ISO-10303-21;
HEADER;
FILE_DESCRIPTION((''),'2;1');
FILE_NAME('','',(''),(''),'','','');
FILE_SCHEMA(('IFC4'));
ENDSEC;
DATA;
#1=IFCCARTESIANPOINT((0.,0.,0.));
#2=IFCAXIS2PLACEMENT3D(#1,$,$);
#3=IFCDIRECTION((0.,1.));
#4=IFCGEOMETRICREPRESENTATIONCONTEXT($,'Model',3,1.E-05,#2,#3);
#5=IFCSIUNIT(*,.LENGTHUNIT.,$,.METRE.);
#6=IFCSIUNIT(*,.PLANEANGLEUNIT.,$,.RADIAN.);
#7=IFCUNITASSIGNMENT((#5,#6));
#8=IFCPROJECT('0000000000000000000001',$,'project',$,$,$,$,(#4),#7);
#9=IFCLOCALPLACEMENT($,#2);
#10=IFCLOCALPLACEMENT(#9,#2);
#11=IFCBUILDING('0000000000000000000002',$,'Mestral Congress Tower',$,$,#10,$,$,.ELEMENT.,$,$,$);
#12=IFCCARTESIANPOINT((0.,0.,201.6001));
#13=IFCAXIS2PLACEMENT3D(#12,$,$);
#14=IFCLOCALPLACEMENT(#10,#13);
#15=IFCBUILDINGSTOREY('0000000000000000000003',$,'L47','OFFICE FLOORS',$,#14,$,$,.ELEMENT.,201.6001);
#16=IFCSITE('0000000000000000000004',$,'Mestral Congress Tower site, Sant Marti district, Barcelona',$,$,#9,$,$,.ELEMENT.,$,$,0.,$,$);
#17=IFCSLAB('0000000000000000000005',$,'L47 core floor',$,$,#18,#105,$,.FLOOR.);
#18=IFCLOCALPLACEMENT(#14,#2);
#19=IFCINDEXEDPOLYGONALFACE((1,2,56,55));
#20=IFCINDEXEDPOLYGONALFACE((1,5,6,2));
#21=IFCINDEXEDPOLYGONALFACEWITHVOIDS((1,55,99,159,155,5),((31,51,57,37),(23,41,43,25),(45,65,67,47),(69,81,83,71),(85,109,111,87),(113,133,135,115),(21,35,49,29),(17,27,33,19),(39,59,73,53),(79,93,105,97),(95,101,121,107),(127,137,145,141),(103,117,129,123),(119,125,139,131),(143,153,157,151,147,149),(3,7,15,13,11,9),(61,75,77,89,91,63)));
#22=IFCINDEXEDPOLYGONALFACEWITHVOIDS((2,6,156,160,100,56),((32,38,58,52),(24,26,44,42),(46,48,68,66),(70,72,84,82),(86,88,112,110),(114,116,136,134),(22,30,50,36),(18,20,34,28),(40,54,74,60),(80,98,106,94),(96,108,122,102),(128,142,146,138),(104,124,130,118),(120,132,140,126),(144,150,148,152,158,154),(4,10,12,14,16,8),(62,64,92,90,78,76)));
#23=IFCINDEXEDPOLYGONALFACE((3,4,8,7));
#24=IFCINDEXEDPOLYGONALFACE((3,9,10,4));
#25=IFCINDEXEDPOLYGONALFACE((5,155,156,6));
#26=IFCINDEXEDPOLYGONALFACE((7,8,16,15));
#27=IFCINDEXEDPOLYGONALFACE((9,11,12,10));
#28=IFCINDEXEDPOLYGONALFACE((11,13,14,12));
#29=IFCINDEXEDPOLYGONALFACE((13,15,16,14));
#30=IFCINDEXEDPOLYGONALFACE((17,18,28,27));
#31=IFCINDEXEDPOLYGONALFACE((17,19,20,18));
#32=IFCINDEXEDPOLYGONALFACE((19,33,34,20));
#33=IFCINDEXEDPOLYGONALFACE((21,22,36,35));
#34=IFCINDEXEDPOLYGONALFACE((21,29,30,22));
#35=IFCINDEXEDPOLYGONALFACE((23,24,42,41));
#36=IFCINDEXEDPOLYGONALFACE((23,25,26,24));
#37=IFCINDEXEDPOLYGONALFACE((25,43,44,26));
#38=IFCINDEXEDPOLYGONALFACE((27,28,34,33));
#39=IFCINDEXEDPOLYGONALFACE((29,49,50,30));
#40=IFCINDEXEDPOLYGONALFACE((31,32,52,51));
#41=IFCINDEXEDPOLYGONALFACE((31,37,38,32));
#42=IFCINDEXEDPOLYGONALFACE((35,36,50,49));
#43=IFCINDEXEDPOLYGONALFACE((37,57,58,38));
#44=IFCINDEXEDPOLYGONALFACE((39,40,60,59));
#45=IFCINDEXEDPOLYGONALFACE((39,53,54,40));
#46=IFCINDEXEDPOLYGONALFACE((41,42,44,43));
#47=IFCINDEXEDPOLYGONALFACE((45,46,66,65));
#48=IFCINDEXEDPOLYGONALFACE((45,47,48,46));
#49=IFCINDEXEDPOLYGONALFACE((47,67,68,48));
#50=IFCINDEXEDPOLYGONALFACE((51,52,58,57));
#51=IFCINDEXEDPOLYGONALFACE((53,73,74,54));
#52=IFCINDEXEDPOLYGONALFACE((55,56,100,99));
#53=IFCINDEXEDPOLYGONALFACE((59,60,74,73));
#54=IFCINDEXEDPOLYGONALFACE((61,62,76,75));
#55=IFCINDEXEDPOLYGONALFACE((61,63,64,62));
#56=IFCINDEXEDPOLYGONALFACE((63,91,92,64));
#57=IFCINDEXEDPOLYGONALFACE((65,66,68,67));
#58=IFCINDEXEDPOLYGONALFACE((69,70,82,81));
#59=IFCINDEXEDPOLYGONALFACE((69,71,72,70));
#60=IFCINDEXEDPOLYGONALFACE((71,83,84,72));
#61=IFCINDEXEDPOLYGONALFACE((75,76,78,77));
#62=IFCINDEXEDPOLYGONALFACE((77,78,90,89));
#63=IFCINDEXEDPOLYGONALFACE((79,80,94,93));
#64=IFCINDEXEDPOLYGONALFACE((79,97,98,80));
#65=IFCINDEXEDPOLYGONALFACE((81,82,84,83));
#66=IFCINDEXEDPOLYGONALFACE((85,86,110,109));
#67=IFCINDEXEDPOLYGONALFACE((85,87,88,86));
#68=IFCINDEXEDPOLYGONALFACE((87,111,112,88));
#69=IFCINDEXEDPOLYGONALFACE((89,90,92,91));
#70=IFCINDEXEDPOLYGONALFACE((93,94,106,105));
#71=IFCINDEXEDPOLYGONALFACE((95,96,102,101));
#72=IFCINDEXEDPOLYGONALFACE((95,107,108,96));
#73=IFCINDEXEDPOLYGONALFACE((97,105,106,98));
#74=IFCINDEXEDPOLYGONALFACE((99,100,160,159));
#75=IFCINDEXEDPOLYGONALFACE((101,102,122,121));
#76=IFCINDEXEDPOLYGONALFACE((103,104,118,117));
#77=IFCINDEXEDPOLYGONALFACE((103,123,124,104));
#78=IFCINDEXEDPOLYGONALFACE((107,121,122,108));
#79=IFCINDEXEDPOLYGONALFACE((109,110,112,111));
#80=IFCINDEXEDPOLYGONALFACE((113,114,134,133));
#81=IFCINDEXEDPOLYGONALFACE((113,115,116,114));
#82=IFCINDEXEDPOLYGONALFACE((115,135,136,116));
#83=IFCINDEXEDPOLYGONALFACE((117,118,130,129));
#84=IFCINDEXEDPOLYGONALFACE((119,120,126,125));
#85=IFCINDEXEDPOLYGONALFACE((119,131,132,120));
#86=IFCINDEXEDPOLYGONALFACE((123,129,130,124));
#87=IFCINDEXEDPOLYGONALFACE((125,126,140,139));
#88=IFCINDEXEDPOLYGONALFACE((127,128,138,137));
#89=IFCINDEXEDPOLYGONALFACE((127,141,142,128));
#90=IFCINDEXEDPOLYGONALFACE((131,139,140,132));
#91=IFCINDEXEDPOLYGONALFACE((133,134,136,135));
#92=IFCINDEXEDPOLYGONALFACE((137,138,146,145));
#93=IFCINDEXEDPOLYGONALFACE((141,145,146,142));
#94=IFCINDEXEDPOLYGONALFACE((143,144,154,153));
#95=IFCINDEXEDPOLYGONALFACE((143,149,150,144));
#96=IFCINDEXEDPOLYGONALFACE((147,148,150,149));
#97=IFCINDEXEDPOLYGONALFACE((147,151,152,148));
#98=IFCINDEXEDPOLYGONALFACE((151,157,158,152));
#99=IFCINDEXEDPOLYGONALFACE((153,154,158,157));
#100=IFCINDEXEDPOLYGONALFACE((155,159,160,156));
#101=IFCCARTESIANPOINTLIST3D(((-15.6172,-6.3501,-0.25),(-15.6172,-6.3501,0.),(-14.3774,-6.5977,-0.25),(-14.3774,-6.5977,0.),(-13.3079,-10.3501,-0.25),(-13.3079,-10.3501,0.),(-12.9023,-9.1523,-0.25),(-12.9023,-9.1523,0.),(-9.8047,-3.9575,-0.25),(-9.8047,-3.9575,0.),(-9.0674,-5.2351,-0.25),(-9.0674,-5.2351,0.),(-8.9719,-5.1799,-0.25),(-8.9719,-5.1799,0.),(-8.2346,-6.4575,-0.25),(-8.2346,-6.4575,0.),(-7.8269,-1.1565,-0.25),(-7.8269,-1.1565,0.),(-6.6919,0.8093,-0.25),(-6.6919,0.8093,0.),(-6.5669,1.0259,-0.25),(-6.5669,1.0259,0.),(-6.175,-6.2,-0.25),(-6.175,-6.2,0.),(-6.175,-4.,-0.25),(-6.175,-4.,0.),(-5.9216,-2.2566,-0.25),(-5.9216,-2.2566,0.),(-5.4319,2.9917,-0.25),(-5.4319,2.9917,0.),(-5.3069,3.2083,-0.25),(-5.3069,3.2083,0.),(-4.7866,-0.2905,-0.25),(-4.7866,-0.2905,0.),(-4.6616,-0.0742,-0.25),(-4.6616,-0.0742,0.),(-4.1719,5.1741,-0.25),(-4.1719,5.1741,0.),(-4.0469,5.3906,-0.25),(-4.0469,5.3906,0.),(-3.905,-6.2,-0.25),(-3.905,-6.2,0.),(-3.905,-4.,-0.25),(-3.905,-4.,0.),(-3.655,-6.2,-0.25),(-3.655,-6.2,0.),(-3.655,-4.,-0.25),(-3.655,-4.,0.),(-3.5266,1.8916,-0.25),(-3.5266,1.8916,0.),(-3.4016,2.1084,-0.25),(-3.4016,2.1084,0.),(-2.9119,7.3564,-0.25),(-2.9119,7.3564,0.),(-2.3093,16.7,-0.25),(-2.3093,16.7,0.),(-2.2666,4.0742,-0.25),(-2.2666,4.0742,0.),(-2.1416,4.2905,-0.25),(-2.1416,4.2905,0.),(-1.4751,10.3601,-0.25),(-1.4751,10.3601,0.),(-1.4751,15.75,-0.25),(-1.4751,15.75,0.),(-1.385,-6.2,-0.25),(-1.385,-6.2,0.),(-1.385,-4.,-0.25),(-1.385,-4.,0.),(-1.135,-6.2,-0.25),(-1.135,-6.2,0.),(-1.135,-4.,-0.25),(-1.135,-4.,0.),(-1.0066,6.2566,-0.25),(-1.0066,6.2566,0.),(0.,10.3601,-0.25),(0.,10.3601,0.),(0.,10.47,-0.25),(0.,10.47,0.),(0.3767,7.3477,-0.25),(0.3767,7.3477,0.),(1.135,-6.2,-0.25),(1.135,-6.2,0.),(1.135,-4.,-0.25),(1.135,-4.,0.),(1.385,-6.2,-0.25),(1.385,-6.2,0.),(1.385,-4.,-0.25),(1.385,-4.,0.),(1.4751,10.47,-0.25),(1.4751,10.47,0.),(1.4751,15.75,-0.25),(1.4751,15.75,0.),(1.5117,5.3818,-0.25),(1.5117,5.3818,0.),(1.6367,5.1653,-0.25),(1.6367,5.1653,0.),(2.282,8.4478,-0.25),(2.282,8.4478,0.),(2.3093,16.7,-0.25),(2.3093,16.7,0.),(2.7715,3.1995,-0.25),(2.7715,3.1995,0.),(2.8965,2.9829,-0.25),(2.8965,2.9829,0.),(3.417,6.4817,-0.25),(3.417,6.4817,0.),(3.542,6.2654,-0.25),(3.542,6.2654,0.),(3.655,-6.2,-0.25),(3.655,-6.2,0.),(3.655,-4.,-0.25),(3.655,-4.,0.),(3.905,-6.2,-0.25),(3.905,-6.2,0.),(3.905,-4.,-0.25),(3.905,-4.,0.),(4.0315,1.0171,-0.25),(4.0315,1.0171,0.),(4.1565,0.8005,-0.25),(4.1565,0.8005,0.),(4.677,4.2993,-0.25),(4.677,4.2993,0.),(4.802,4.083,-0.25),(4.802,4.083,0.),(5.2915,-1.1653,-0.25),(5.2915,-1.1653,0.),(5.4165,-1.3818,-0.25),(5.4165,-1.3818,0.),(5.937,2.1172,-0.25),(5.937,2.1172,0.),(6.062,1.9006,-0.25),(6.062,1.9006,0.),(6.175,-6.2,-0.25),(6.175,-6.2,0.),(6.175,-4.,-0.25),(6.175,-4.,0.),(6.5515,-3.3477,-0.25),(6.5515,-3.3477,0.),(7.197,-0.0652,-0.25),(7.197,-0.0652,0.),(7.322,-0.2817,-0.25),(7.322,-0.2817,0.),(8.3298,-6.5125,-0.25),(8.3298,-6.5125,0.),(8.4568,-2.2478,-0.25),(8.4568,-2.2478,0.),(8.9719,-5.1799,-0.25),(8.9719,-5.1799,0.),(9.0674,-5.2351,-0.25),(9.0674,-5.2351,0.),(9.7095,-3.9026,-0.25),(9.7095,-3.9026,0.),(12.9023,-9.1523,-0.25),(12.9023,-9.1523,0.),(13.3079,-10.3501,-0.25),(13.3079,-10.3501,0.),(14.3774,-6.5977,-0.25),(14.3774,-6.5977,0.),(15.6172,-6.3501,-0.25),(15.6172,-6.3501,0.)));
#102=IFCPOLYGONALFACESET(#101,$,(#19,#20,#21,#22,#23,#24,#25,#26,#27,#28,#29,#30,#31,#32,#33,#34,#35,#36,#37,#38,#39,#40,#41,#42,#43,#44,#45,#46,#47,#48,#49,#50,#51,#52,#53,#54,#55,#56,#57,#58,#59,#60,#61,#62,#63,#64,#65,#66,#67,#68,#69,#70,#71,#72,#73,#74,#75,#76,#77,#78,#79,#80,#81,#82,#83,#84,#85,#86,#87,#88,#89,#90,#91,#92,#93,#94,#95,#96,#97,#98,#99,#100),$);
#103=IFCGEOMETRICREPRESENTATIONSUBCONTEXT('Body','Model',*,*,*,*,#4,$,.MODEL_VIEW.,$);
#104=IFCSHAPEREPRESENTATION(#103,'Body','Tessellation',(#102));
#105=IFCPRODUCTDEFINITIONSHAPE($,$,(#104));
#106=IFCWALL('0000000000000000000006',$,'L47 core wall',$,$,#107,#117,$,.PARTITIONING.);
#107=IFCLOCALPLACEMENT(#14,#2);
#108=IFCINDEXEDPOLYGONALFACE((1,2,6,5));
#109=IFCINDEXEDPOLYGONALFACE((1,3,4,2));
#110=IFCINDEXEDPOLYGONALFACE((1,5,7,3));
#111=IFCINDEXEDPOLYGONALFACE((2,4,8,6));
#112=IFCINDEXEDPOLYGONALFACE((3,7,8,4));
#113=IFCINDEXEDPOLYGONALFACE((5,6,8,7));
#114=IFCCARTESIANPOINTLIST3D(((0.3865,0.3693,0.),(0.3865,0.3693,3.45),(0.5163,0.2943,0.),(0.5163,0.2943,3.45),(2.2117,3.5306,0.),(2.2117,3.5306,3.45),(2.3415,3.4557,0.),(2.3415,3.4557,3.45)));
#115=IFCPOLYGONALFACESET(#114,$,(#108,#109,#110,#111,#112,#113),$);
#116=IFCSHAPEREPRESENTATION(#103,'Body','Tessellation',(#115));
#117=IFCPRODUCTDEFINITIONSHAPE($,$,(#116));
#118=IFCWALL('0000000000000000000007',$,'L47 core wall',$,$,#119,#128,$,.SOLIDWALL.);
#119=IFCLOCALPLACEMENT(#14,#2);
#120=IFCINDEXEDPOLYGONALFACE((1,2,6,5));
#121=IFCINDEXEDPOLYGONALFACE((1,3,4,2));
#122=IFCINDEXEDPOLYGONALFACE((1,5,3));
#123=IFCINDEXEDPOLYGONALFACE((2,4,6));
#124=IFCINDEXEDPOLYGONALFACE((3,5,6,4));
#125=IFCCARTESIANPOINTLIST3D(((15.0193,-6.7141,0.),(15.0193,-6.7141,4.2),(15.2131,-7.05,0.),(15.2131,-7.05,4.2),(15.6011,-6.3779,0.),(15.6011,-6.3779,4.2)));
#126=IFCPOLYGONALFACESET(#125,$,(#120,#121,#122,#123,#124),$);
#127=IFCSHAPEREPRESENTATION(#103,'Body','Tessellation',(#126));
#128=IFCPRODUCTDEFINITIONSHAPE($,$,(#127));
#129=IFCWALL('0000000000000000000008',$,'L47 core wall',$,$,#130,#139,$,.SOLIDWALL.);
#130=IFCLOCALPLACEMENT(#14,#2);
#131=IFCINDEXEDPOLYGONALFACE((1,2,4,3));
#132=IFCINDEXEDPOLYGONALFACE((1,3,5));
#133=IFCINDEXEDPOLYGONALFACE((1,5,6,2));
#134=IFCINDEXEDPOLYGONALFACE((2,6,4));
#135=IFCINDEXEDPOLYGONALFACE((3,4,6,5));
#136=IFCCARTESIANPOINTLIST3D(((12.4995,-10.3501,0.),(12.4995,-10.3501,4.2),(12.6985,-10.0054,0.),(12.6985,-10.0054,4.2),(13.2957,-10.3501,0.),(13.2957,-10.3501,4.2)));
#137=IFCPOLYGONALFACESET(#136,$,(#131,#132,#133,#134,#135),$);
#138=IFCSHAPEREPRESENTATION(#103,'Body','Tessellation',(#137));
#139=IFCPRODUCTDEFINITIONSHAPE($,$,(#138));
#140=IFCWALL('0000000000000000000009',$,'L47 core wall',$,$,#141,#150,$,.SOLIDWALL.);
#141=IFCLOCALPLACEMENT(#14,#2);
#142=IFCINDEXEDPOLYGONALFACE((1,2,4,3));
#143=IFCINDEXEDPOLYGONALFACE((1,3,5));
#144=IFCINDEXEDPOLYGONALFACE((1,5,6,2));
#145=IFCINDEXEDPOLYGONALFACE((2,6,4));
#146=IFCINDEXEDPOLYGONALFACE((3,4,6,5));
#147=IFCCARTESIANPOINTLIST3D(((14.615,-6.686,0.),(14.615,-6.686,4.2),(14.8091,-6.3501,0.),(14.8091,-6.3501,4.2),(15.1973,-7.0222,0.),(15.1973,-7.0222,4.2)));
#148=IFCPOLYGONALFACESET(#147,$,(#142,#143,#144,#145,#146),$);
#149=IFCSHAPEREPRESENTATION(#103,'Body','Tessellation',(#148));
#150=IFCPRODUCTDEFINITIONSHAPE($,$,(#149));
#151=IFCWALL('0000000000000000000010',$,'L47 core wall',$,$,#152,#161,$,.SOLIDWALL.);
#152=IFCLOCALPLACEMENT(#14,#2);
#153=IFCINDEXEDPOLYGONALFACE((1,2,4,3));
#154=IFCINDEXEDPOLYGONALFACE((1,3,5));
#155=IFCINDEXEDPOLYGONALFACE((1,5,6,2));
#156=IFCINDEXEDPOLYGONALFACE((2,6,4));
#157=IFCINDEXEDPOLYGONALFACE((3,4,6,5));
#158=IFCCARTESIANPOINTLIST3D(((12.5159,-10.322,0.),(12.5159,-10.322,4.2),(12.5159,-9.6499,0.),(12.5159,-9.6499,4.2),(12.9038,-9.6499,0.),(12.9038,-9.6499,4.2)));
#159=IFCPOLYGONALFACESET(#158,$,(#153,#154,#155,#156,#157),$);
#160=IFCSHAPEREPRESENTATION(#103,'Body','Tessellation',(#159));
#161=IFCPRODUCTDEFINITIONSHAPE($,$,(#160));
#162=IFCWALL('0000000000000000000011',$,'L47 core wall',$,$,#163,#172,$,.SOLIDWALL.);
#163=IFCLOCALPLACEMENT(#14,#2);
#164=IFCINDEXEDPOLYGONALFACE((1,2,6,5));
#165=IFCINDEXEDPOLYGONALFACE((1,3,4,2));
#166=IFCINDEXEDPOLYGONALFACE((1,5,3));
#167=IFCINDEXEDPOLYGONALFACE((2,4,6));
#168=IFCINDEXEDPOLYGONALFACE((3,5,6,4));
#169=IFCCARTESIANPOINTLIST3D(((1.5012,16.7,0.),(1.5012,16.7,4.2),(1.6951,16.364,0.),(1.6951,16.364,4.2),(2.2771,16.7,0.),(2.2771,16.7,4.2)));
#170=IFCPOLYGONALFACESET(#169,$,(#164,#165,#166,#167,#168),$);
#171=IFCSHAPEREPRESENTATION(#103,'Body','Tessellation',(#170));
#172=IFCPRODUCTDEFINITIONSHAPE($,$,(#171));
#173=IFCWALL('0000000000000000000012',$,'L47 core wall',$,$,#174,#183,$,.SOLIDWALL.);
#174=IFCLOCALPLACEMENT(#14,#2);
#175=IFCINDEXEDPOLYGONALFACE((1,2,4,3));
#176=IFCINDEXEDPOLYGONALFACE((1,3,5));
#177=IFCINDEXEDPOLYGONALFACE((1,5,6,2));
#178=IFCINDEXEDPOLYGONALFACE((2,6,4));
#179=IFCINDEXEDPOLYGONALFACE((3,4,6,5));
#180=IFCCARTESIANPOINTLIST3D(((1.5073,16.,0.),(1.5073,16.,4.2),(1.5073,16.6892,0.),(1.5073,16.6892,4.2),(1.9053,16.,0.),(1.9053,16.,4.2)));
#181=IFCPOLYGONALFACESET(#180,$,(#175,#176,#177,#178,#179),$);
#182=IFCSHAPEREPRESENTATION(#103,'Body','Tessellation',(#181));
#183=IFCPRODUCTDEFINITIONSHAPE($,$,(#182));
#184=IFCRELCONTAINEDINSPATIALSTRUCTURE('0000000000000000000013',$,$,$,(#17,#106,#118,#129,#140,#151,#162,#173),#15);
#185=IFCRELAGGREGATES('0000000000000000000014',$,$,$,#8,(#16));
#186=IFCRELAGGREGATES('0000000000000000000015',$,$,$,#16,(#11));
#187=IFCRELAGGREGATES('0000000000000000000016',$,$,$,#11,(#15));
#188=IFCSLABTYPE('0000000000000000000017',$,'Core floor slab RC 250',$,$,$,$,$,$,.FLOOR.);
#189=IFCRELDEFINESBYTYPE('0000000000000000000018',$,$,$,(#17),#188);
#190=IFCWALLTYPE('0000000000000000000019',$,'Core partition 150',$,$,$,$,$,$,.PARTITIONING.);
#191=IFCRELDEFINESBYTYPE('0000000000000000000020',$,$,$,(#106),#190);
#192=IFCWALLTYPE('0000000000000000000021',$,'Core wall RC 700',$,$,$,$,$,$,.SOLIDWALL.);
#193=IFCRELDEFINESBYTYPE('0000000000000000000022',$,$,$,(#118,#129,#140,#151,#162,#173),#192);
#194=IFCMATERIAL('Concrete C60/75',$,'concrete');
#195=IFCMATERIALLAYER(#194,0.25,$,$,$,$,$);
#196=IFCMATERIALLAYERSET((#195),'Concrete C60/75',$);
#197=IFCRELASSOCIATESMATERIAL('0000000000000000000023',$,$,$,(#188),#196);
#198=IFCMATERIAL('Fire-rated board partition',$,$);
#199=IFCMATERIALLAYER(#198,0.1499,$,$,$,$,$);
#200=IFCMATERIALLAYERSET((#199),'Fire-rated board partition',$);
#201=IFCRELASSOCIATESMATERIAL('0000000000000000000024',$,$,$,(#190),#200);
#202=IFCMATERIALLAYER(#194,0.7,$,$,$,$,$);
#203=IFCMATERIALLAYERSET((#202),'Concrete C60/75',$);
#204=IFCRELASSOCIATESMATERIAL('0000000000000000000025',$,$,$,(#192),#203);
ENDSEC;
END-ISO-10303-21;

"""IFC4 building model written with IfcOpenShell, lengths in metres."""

from ifc_helpers import new_model, si_unit, direction, frame, frame_2d, origin, place, context, subcontext, project, spatial, polyline, rectangle, outline, extrude, material, layer, layer_set, type_object, element, save


model = new_model("IFC4")

# Units and contexts
model_context = context("Model", 3, precision=1e-05, world=origin(), true_north=direction((0.0, 1.0)))
body_context = subcontext(model_context, "Body", "Model", "MODEL_VIEW")
ifc_project = project(units=[si_unit("LENGTHUNIT", "METRE"), si_unit("PLANEANGLEUNIT", "RADIAN")], contexts=[model_context])

# Site, building, storey
site_placement = place(None, origin())
site = spatial("IfcSite", under=ifc_project, at=site_placement, Name="Mestral Congress Tower site, Sant Marti district, Barcelona", CompositionType="ELEMENT", RefElevation=0.0)
building_placement = place(site_placement, origin())
building = spatial("IfcBuilding", under=site, at=building_placement, Name="Mestral Congress Tower", CompositionType="ELEMENT")
storey_placement = place(building_placement, frame((0.0, 0.0, 201.6001)))
storey = spatial("IfcBuildingStorey", under=building, at=storey_placement, Name="L47", Description="OFFICE FLOORS", CompositionType="ELEMENT", Elevation=201.6001)

# Slab
ifc_material_1 = material(Name="Concrete C60/75", Category="concrete")
ifc_layer_1 = layer(ifc_material_1, 0.25)
ifc_layer_set_1 = layer_set([ifc_layer_1], Name="Concrete C60/75")
slab_type = type_object("IfcSlabType", Name="Core floor slab RC 250", PredefinedType="FLOOR", material=ifc_layer_set_1)
slab_placement = place(storey_placement, frame((0.0, 0.0, -0.25)))
element("IfcSlab", 1, at=slab_placement, inside=storey, type_object=slab_type, Name="L47 core floor", PredefinedType="FLOOR", context=body_context, shape_type="SweptSolid", body=[
    extrude(outline(polyline([(13.3079, -10.3501), (-13.3079, -10.3501), (-15.6172, -6.3501), (-2.3093, 16.7), (2.3093, 16.7), (15.6172, -6.3501), (13.3079, -10.3501)]), holes=[polyline([(-9.8047, -3.9575), (-14.3774, -6.5977), (-12.9023, -9.1523), (-8.2346, -6.4575), (-8.9719, -5.1799), (-9.0674, -5.2351), (-9.8047, -3.9575)]), polyline([(-3.905, -4.0), (-6.175, -4.0), (-6.175, -6.2), (-3.905, -6.2), (-3.905, -4.0)]), polyline([(-1.385, -4.0), (-3.655, -4.0), (-3.655, -6.2), (-1.385, -6.2), (-1.385, -4.0)]), polyline([(1.135, -4.0), (-1.135, -4.0), (-1.135, -6.2), (1.135, -6.2), (1.135, -4.0)]), polyline([(-5.9216, -2.2566), (-4.7866, -0.2905), (-6.6919, 0.8093), (-7.8269, -1.1565), (-5.9216, -2.2566)]), polyline([(-4.6616, -0.0742), (-3.5266, 1.8916), (-5.4319, 2.9917), (-6.5669, 1.0259), (-4.6616, -0.0742)]), polyline([(-3.4016, 2.1084), (-2.2666, 4.0742), (-4.1719, 5.1741), (-5.3069, 3.2083), (-3.4016, 2.1084)]), polyline([(-2.1416, 4.2905), (-1.0066, 6.2566), (-2.9119, 7.3564), (-4.0469, 5.3906), (-2.1416, 4.2905)]), polyline([(1.4751, 10.47), (1.4751, 15.75), (-1.4751, 15.75), (-1.4751, 10.3601), (0.0, 10.3601), (0.0, 10.47), (1.4751, 10.47)]), polyline([(8.3298, -6.5125), (12.9023, -9.1523), (14.3774, -6.5977), (9.7095, -3.9026), (8.9719, -5.1799), (9.0674, -5.2351), (8.3298, -6.5125)]), polyline([(3.655, -4.0), (1.385, -4.0), (1.385, -6.2), (3.655, -6.2), (3.655, -4.0)]), polyline([(6.175, -4.0), (3.905, -4.0), (3.905, -6.2), (6.175, -6.2), (6.175, -4.0)]), polyline([(5.4165, -1.3818), (6.5515, -3.3477), (8.4568, -2.2478), (7.322, -0.2817), (5.4165, -1.3818)]), polyline([(4.1565, 0.8005), (5.2915, -1.1653), (7.197, -0.0652), (6.062, 1.9006), (4.1565, 0.8005)]), polyline([(2.8965, 2.9829), (4.0315, 1.0171), (5.937, 2.1172), (4.802, 4.083), (2.8965, 2.9829)]), polyline([(3.542, 6.2654), (1.6367, 5.1653), (2.7715, 3.1995), (4.677, 4.2993), (3.542, 6.2654)]), polyline([(2.282, 8.4478), (0.3767, 7.3477), (1.5117, 5.3818), (3.417, 6.4817), (2.282, 8.4478)])]), origin(), (0.0, 0.0, 1.0), 0.25),
])

# Walls
ifc_material_2 = material(Name="Fire-rated board partition")
ifc_layer_2 = layer(ifc_material_2, 0.1499)
ifc_layer_set_2 = layer_set([ifc_layer_2], Name="Fire-rated board partition")
wall_type_1 = type_object("IfcWallType", Name="Core partition 150", PredefinedType="PARTITIONING", material=ifc_layer_set_2)
wall_1_placement = place(storey_placement, frame((2.2766, 3.4932, 0.0), z_axis=(0.0, 0.0, 1.0), x_axis=(-0.499995, -0.866029, 0.0)))
element("IfcWall", 2, at=wall_1_placement, inside=storey, type_object=wall_type_1, Name="L47 core wall", PredefinedType="PARTITIONING", context=body_context, shape_type="SweptSolid", body=[
    extrude(rectangle(XDim=3.6504, YDim=0.1499, at=frame_2d((1.8252, 0.0))), origin(), (0.0, 0.0, 1.0), 3.45),
])
ifc_layer_3 = layer(ifc_material_1, 0.7)
ifc_layer_set_3 = layer_set([ifc_layer_3], Name="Concrete C60/75")
wall_type_2 = type_object("IfcWallType", Name="Core wall RC 700", PredefinedType="SOLIDWALL", material=ifc_layer_set_3)
placement = place(storey_placement, origin())
element("IfcWall", 3, at=placement, inside=storey, type_object=wall_type_2, Name="L47 core wall", PredefinedType="SOLIDWALL", context=body_context, shape_type="SweptSolid", body=[
    extrude(outline(polyline([(15.2131, -7.05), (15.0193, -6.7141), (15.6011, -6.3779), (15.2131, -7.05)])), origin(), (0.0, 0.0, 1.0), 4.2),
])
element("IfcWall", 4, at=placement, inside=storey, type_object=wall_type_2, Name="L47 core wall", PredefinedType="SOLIDWALL", context=body_context, shape_type="SweptSolid", body=[
    extrude(outline(polyline([(12.4995, -10.3501), (12.6985, -10.0054), (13.2957, -10.3501), (12.4995, -10.3501)])), origin(), (0.0, 0.0, 1.0), 4.2),
])
element("IfcWall", 5, at=placement, inside=storey, type_object=wall_type_2, Name="L47 core wall", PredefinedType="SOLIDWALL", context=body_context, shape_type="SweptSolid", body=[
    extrude(outline(polyline([(14.8091, -6.3501), (15.1973, -7.0222), (14.615, -6.686), (14.8091, -6.3501)])), origin(), (0.0, 0.0, 1.0), 4.2),
])
element("IfcWall", 6, at=placement, inside=storey, type_object=wall_type_2, Name="L47 core wall", PredefinedType="SOLIDWALL", context=body_context, shape_type="SweptSolid", body=[
    extrude(outline(polyline([(12.9038, -9.6499), (12.5159, -10.322), (12.5159, -9.6499), (12.9038, -9.6499)])), origin(), (0.0, 0.0, 1.0), 4.2),
])
element("IfcWall", 7, at=placement, inside=storey, type_object=wall_type_2, Name="L47 core wall", PredefinedType="SOLIDWALL", context=body_context, shape_type="SweptSolid", body=[
    extrude(outline(polyline([(1.5012, 16.7), (2.2771, 16.7), (1.6951, 16.364), (1.5012, 16.7)])), origin(), (0.0, 0.0, 1.0), 4.2),
])
element("IfcWall", 8, at=placement, inside=storey, type_object=wall_type_2, Name="L47 core wall", PredefinedType="SOLIDWALL", context=body_context, shape_type="SweptSolid", body=[
    extrude(outline(polyline([(1.9053, 16.0), (1.5073, 16.0), (1.5073, 16.6892), (1.9053, 16.0)])), origin(), (0.0, 0.0, 1.0), 4.2),
])

save(model, "model.ifc")
